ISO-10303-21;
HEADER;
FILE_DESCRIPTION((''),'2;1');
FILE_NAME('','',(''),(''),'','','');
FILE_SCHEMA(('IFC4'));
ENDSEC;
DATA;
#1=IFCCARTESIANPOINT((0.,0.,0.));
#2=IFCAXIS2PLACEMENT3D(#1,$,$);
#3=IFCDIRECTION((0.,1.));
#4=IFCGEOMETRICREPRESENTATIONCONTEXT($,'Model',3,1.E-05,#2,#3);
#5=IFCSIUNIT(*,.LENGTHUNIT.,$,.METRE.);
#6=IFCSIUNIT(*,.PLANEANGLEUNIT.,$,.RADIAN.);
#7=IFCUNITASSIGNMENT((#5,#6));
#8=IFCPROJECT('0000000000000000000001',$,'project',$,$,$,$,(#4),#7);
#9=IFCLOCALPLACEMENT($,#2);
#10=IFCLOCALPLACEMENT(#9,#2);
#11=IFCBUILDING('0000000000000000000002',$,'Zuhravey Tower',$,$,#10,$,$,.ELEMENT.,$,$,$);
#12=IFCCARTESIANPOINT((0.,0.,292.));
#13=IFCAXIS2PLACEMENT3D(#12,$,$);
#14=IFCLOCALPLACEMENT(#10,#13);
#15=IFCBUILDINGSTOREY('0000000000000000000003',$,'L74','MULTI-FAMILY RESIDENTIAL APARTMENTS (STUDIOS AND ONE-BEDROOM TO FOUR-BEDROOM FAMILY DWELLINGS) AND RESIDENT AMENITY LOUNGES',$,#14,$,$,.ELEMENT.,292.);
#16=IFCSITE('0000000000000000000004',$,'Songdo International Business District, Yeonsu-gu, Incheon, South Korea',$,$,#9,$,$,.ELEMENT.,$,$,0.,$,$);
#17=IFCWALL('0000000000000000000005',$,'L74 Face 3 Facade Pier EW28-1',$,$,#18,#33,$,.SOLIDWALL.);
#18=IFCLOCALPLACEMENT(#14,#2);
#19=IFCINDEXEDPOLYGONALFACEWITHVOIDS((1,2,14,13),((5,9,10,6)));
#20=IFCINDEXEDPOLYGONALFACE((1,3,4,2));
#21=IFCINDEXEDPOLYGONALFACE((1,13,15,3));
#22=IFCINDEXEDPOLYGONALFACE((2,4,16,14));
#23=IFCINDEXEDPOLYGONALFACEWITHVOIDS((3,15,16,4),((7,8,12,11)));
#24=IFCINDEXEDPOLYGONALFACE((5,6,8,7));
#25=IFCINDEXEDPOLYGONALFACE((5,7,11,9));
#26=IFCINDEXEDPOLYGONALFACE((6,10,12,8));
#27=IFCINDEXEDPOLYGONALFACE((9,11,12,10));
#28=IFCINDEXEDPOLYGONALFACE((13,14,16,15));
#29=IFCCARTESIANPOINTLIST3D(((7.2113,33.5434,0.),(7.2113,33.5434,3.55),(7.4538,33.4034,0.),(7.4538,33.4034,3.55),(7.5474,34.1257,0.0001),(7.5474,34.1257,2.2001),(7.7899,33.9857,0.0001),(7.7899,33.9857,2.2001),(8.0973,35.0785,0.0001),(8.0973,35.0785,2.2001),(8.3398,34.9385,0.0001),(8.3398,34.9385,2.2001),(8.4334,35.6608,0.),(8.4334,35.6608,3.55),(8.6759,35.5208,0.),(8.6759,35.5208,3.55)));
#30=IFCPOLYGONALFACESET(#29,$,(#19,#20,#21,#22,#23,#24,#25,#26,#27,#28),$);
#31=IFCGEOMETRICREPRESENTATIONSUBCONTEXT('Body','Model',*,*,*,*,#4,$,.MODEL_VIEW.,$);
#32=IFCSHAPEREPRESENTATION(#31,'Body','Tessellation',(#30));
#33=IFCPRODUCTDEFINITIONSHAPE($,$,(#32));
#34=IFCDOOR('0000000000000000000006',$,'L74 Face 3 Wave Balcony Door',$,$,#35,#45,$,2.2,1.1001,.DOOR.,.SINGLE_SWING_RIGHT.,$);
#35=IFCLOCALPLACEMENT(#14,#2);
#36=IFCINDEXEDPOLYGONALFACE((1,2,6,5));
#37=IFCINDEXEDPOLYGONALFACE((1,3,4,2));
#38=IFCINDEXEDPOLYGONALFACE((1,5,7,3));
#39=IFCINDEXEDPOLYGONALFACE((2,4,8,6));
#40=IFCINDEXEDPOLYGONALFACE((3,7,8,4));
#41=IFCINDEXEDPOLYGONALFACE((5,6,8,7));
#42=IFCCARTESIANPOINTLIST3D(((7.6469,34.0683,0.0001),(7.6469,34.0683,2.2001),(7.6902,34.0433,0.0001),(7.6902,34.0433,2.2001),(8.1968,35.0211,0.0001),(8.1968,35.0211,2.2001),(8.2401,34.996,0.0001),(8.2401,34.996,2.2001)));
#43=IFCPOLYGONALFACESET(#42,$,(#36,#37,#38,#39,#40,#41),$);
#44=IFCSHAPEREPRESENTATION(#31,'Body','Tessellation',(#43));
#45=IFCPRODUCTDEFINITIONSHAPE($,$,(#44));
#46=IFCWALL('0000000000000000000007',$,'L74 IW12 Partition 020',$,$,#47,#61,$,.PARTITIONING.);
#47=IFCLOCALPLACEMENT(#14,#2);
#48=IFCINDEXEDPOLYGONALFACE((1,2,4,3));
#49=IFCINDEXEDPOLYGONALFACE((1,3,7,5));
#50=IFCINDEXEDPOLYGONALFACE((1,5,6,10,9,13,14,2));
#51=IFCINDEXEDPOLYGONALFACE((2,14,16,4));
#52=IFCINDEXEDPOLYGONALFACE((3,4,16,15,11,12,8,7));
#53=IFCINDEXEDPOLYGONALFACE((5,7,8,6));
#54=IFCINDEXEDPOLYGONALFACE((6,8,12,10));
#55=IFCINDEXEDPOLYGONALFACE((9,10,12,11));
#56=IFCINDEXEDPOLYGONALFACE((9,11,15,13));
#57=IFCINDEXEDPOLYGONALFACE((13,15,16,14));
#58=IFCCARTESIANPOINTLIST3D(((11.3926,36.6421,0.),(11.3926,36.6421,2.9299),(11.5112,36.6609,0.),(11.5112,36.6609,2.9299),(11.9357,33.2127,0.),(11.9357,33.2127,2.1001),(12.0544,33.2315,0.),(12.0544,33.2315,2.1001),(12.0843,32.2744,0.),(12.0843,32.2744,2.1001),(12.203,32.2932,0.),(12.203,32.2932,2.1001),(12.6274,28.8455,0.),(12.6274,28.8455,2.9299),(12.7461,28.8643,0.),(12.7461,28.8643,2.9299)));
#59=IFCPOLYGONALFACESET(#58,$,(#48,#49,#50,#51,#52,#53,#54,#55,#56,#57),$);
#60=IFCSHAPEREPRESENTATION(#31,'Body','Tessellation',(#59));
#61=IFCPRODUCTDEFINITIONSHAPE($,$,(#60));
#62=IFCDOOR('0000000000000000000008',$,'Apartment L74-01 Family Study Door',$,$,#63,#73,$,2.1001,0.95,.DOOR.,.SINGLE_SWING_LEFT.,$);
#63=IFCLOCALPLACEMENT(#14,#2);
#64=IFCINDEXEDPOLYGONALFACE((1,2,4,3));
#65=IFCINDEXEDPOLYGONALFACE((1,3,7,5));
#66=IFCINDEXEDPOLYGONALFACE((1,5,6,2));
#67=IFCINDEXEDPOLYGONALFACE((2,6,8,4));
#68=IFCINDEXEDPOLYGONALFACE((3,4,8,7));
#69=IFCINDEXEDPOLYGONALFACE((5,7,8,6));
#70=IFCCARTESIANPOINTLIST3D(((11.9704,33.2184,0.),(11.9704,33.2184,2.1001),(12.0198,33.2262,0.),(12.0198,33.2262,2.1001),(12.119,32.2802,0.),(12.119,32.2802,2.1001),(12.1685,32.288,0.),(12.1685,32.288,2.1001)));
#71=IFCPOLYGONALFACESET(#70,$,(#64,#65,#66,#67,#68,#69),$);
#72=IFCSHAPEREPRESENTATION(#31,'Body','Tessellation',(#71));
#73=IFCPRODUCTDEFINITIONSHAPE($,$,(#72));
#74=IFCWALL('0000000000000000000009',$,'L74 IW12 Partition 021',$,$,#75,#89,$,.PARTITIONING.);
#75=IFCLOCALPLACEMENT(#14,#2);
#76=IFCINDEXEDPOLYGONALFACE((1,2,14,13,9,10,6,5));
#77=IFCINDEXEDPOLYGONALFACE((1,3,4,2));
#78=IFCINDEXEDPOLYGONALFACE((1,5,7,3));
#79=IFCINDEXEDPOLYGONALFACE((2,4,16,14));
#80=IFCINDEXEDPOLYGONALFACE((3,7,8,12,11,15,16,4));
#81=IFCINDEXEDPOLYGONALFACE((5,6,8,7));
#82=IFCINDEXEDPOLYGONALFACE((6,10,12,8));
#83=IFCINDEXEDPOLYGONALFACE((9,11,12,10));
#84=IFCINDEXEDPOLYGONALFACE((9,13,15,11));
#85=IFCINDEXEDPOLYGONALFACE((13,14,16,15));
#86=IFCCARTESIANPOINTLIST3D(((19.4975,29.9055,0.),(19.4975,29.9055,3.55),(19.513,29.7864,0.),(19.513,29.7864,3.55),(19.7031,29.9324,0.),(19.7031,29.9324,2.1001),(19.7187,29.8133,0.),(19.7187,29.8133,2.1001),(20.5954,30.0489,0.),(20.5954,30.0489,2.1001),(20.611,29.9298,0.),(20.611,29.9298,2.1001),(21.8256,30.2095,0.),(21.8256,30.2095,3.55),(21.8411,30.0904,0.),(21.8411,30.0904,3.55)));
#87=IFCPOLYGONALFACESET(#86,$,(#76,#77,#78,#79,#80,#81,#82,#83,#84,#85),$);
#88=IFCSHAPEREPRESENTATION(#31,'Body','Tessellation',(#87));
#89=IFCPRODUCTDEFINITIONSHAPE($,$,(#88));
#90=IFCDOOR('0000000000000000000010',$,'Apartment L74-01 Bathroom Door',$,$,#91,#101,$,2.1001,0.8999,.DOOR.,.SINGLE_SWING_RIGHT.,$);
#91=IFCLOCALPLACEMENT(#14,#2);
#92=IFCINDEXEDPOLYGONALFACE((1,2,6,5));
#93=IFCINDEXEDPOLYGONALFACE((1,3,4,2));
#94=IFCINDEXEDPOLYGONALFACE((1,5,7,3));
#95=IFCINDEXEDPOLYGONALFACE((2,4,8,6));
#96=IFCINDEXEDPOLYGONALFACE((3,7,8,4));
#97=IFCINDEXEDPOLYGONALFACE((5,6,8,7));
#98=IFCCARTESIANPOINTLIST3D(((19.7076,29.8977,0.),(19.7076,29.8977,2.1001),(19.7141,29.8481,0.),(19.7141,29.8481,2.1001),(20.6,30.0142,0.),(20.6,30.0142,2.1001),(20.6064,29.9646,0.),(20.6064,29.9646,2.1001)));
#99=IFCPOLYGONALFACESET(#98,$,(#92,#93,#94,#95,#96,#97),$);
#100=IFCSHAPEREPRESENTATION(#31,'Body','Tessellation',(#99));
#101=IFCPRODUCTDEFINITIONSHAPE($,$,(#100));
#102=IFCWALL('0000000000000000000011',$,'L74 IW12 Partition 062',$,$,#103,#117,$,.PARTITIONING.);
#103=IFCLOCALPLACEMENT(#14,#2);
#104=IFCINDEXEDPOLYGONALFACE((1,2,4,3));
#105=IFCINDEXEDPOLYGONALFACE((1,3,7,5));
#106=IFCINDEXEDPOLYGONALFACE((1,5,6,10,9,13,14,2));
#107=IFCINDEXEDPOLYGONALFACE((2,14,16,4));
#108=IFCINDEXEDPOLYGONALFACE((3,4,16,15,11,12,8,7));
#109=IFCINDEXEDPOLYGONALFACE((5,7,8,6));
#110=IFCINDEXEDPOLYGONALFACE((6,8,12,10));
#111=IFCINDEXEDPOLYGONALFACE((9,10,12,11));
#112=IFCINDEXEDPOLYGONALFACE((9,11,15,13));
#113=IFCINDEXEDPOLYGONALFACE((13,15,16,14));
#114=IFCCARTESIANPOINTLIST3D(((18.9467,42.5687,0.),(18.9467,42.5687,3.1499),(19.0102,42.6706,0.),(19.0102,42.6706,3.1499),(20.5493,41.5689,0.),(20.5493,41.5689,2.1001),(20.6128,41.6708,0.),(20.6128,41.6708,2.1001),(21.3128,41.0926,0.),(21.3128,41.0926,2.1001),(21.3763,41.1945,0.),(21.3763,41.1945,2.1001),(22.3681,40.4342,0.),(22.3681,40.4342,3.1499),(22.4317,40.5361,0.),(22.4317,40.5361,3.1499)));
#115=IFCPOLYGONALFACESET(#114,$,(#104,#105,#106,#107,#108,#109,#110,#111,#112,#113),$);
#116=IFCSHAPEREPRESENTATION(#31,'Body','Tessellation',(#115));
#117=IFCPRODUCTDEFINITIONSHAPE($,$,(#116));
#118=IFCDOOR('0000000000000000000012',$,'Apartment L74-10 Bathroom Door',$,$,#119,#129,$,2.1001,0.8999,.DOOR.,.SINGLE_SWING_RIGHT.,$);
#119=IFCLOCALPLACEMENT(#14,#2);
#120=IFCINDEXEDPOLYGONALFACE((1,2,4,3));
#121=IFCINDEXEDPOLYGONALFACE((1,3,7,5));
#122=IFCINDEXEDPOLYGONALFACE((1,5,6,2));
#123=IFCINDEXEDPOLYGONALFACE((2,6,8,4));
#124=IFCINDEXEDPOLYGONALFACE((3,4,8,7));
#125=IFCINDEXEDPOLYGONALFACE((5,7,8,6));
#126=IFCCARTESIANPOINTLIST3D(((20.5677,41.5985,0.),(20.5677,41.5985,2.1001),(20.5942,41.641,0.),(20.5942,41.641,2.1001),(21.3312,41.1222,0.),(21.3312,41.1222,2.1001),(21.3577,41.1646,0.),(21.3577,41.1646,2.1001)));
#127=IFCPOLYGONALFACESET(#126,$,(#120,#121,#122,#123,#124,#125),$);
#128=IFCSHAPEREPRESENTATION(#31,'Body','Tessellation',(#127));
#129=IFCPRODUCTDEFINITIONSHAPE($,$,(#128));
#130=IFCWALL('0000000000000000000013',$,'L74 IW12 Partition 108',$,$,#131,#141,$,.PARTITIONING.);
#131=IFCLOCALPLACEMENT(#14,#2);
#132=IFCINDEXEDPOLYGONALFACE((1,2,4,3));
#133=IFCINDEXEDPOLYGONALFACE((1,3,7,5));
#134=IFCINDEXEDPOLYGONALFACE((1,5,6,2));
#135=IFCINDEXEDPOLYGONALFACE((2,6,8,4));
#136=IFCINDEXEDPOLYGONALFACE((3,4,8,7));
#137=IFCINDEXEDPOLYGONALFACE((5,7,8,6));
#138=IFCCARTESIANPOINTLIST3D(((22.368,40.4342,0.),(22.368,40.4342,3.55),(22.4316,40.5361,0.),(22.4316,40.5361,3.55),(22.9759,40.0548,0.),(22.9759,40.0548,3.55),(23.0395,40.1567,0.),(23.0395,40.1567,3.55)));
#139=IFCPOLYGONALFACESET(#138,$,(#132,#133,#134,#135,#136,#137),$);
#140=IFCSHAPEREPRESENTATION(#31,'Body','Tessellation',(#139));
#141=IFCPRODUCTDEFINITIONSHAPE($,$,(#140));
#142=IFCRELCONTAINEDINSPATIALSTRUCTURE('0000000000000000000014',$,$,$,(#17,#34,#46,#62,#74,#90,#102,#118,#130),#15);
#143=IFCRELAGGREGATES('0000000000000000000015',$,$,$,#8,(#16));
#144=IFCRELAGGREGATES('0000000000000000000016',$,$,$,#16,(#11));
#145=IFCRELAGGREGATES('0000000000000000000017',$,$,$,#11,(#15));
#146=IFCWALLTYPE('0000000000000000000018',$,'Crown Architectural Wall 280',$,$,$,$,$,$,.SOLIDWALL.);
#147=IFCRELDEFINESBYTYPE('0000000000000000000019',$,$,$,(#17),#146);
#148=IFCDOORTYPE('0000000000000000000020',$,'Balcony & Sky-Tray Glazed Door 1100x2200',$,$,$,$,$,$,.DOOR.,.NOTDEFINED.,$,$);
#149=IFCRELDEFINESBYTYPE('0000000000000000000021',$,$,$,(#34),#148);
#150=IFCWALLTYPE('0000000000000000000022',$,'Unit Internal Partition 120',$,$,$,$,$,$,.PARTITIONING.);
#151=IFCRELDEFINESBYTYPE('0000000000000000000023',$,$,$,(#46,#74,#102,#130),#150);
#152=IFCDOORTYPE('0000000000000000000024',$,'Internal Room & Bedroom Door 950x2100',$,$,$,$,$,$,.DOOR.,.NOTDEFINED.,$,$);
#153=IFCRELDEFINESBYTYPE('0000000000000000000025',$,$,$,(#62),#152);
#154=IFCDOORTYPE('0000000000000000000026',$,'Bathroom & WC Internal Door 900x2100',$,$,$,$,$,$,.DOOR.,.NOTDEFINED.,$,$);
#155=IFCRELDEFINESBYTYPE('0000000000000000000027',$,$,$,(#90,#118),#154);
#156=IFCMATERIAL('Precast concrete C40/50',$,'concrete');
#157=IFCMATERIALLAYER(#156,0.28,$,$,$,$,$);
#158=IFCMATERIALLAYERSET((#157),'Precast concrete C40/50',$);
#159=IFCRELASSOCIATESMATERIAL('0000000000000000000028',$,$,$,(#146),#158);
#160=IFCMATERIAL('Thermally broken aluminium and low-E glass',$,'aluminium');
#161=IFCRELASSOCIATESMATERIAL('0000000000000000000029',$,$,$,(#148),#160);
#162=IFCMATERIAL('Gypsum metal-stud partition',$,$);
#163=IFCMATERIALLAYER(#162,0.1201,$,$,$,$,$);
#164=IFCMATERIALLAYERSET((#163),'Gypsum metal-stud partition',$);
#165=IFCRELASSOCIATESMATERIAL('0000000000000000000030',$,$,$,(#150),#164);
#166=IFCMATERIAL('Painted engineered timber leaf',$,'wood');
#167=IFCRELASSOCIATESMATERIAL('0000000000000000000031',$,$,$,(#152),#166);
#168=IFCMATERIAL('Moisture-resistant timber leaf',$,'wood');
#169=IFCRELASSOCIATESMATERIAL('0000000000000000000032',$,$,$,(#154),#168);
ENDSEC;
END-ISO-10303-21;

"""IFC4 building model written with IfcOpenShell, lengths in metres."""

from ifc_helpers import new_model, si_unit, direction, frame, frame_2d, origin, place, context, subcontext, project, spatial, rectangle, extrude, material, layer, layer_set, type_object, element, fill, save


model = new_model("IFC4")

# Units and contexts
model_context = context("Model", 3, precision=1e-05, world=origin(), true_north=direction((0.0, 1.0)))
body_context = subcontext(model_context, "Body", "Model", "MODEL_VIEW")
ifc_project = project(units=[si_unit("LENGTHUNIT", "METRE"), si_unit("PLANEANGLEUNIT", "RADIAN")], contexts=[model_context])

# Site, building, storey
site_placement = place(None, origin())
site = spatial("IfcSite", under=ifc_project, at=site_placement, Name="Songdo International Business District, Yeonsu-gu, Incheon, South Korea", CompositionType="ELEMENT", RefElevation=0.0)
building_placement = place(site_placement, origin())
building = spatial("IfcBuilding", under=site, at=building_placement, Name="Zuhravey Tower", CompositionType="ELEMENT")
storey_placement = place(building_placement, frame((0.0, 0.0, 292.0)))
storey = spatial("IfcBuildingStorey", under=building, at=storey_placement, Name="L74", Description="MULTI-FAMILY RESIDENTIAL APARTMENTS (STUDIOS AND ONE-BEDROOM TO FOUR-BEDROOM FAMILY DWELLINGS) AND RESIDENT AMENITY LOUNGES", CompositionType="ELEMENT", Elevation=292.0)

# Shared definitions
ifc_material_1 = material(Name="Precast concrete C40/50", Category="concrete")
ifc_layer_1 = layer(ifc_material_1, 0.28)
ifc_layer_set_1 = layer_set([ifc_layer_1], Name="Precast concrete C40/50")
wall_type_1 = type_object("IfcWallType", Name="Crown Architectural Wall 280", PredefinedType="SOLIDWALL", material=ifc_layer_set_1)

# Walls, openings, doors
wall_1_placement = place(storey_placement, frame((7.3325, 33.4734, 0.0), z_axis=(0.0, 0.0, 1.0), x_axis=(0.499898, 0.866084, 0.0)))
wall_1 = element("IfcWall", 1, at=wall_1_placement, inside=storey, type_object=wall_type_1, Name="L74 Face 3 Facade Pier EW28-1", PredefinedType="SOLIDWALL", context=body_context, shape_type="SweptSolid", body=[
    extrude(rectangle(XDim=2.4448, YDim=0.28, at=frame_2d((1.2224, 0.0))), origin(), (0.0, 0.0, 1.0), 3.55),
])
opening_1_placement = place(wall_1_placement, frame((0.6724, 0.0, 0.0)))
opening_1 = element("IfcOpeningElement", 2, at=opening_1_placement, cuts=wall_1, PredefinedType="OPENING", context=body_context, shape_type="SweptSolid", body=[
    extrude(rectangle(XDim=1.1001, YDim=2.2, at=frame_2d((0.55, 1.1001))), frame((0.0, 0.1521, 0.0), z_axis=(0.0, -1.0, 0.0), x_axis=(1.0, 0.0, 0.0)), (0.0, 0.0, 1.0), 0.304),
])
ifc_material_2 = material(Name="Thermally broken aluminium and low-E glass", Category="aluminium")
door_type_1 = type_object("IfcDoorType", Name="Balcony & Sky-Tray Glazed Door 1100x2200", OperationType="NOTDEFINED", PredefinedType="DOOR", material=ifc_material_2)
door_1_placement = place(opening_1_placement, frame((1.1001, 0.0, 0.0), z_axis=(0.0, 0.0, 1.0), x_axis=(-1.0, 0.0, 0.0)))
door_1 = element("IfcDoor", 3, at=door_1_placement, inside=storey, type_object=door_type_1, Name="L74 Face 3 Wave Balcony Door", OperationType="SINGLE_SWING_RIGHT", OverallHeight=2.2, OverallWidth=1.1001, PredefinedType="DOOR", context=body_context, shape_type="SweptSolid", body=[
    extrude(rectangle(XDim=1.1001, YDim=2.2, at=frame_2d((0.55, 1.1001))), frame((0.0, 0.0249, 0.0), z_axis=(0.0, -1.0, 0.0), x_axis=(1.0, 0.0, 0.0)), (0.0, 0.0, 1.0), 0.05),
])
fill(opening_1, door_1)
ifc_material_3 = material(Name="Gypsum metal-stud partition")
ifc_layer_2 = layer(ifc_material_3, 0.1201)
ifc_layer_set_2 = layer_set([ifc_layer_2], Name="Gypsum metal-stud partition")
wall_type_2 = type_object("IfcWallType", Name="Unit Internal Partition 120", PredefinedType="PARTITIONING", material=ifc_layer_set_2)
wall_2_placement = place(storey_placement, frame((11.4519, 36.6514, 0.0), z_axis=(0.0, 0.0, 1.0), x_axis=(0.156434, -0.987688, 0.0)))
wall_2 = element("IfcWall", 4, at=wall_2_placement, inside=storey, type_object=wall_type_2, Name="L74 IW12 Partition 020", PredefinedType="PARTITIONING", context=body_context, shape_type="SweptSolid", body=[
    extrude(rectangle(XDim=7.8938, YDim=0.1201, at=frame_2d((3.9468, 0.0))), origin(), (0.0, 0.0, 1.0), 2.9299),
])
opening_2_placement = place(wall_2_placement, frame((3.4719, 0.0, 0.0)))
opening_2 = element("IfcOpeningElement", 5, at=opening_2_placement, cuts=wall_2, PredefinedType="OPENING", context=body_context, shape_type="SweptSolid", body=[
    extrude(rectangle(XDim=0.95, YDim=2.1001, at=frame_2d((0.4751, 1.05))), frame((0.0, 0.072, 0.0), z_axis=(0.0, -1.0, 0.0), x_axis=(1.0, 0.0, 0.0)), (0.0, 0.0, 1.0), 0.144),
])
ifc_material_4 = material(Name="Painted engineered timber leaf", Category="wood")
door_type_2 = type_object("IfcDoorType", Name="Internal Room & Bedroom Door 950x2100", OperationType="NOTDEFINED", PredefinedType="DOOR", material=ifc_material_4)
door_2_placement = place(opening_2_placement, frame((0.95, 0.0, 0.0), z_axis=(0.0, 0.0, 1.0), x_axis=(-1.0, 0.0, 0.0)))
door_2 = element("IfcDoor", 6, at=door_2_placement, inside=storey, type_object=door_type_2, Name="Apartment L74-01 Family Study Door", OperationType="SINGLE_SWING_LEFT", OverallHeight=2.1001, OverallWidth=0.95, PredefinedType="DOOR", context=body_context, shape_type="SweptSolid", body=[
    extrude(rectangle(XDim=0.95, YDim=2.1001, at=frame_2d((0.4751, 1.05))), frame((0.0, 0.0249, 0.0), z_axis=(0.0, -1.0, 0.0), x_axis=(1.0, 0.0, 0.0)), (0.0, 0.0, 1.0), 0.05),
])
fill(opening_2, door_2)
wall_3_placement = place(storey_placement, frame((21.8333, 30.1499, 0.0), z_axis=(0.0, 0.0, 1.0), x_axis=(-0.991585, -0.129459, 0.0)))
wall_3 = element("IfcWall", 7, at=wall_3_placement, inside=storey, type_object=wall_type_2, Name="L74 IW12 Partition 021", PredefinedType="PARTITIONING", context=body_context, shape_type="SweptSolid", body=[
    extrude(rectangle(XDim=2.3479, YDim=0.1201, at=frame_2d((1.1738, 0.0))), origin(), (0.0, 0.0, 1.0), 3.55),
])
opening_3_placement = place(wall_3_placement, frame((1.2405, 0.0, 0.0)))
opening_3 = element("IfcOpeningElement", 8, at=opening_3_placement, cuts=wall_3, PredefinedType="OPENING", context=body_context, shape_type="SweptSolid", body=[
    extrude(rectangle(XDim=0.8999, YDim=2.1001, at=frame_2d((0.45, 1.05))), frame((0.0, 0.072, 0.0), z_axis=(0.0, -1.0, 0.0), x_axis=(1.0, 0.0, 0.0)), (0.0, 0.0, 1.0), 0.144),
])
ifc_material_5 = material(Name="Moisture-resistant timber leaf", Category="wood")
door_type_3 = type_object("IfcDoorType", Name="Bathroom & WC Internal Door 900x2100", OperationType="NOTDEFINED", PredefinedType="DOOR", material=ifc_material_5)
door_3_placement = place(opening_3_placement, origin())
door_3 = element("IfcDoor", 9, at=door_3_placement, inside=storey, type_object=door_type_3, Name="Apartment L74-01 Bathroom Door", OperationType="SINGLE_SWING_RIGHT", OverallHeight=2.1001, OverallWidth=0.8999, PredefinedType="DOOR", context=body_context, shape_type="SweptSolid", body=[
    extrude(rectangle(XDim=0.8999, YDim=2.1001, at=frame_2d((0.45, 1.05))), frame((0.0, 0.0249, 0.0), z_axis=(0.0, -1.0, 0.0), x_axis=(1.0, 0.0, 0.0)), (0.0, 0.0, 1.0), 0.05),
])
fill(opening_3, door_3)
wall_4_placement = place(storey_placement, frame((22.3999, 40.4851, 0.0), z_axis=(0.0, 0.0, 1.0), x_axis=(-0.848427, 0.529313, 0.0)))
wall_4 = element("IfcWall", 10, at=wall_4_placement, inside=storey, type_object=wall_type_2, Name="L74 IW12 Partition 062", PredefinedType="PARTITIONING", context=body_context, shape_type="SweptSolid", body=[
    extrude(rectangle(XDim=4.0327, YDim=0.1201, at=frame_2d((2.0164, 0.0))), origin(), (0.0, 0.0, 1.0), 3.1499),
])
opening_4_placement = place(wall_4_placement, frame((1.2439, 0.0, 0.0)))
opening_4 = element("IfcOpeningElement", 11, at=opening_4_placement, cuts=wall_4, PredefinedType="OPENING", context=body_context, shape_type="SweptSolid", body=[
    extrude(rectangle(XDim=0.8999, YDim=2.1001, at=frame_2d((0.45, 1.05))), frame((0.0, 0.072, 0.0), z_axis=(0.0, -1.0, 0.0), x_axis=(1.0, 0.0, 0.0)), (0.0, 0.0, 1.0), 0.144),
])
door_4_placement = place(opening_4_placement, frame((0.8999, 0.0, 0.0), z_axis=(0.0, 0.0, 1.0), x_axis=(-1.0, 0.0, 0.0)))
door_4 = element("IfcDoor", 12, at=door_4_placement, inside=storey, type_object=door_type_3, Name="Apartment L74-10 Bathroom Door", OperationType="SINGLE_SWING_RIGHT", OverallHeight=2.1001, OverallWidth=0.8999, PredefinedType="DOOR", context=body_context, shape_type="SweptSolid", body=[
    extrude(rectangle(XDim=0.8999, YDim=2.1001, at=frame_2d((0.45, 1.05))), frame((0.0, 0.0249, 0.0), z_axis=(0.0, -1.0, 0.0), x_axis=(1.0, 0.0, 0.0)), (0.0, 0.0, 1.0), 0.05),
])
fill(opening_4, door_4)

# Wall
wall_5_placement = place(storey_placement, frame((23.0078, 40.1057, 0.0), z_axis=(0.0, 0.0, 1.0), x_axis=(-0.848343, 0.529448, 0.0)))
element("IfcWall", 13, at=wall_5_placement, inside=storey, type_object=wall_type_2, Name="L74 IW12 Partition 108", PredefinedType="PARTITIONING", context=body_context, shape_type="SweptSolid", body=[
    extrude(rectangle(XDim=0.7166, YDim=0.1201, at=frame_2d((0.3584, 0.0))), origin(), (0.0, 0.0, 1.0), 3.55),
])

save(model, "model.ifc")
